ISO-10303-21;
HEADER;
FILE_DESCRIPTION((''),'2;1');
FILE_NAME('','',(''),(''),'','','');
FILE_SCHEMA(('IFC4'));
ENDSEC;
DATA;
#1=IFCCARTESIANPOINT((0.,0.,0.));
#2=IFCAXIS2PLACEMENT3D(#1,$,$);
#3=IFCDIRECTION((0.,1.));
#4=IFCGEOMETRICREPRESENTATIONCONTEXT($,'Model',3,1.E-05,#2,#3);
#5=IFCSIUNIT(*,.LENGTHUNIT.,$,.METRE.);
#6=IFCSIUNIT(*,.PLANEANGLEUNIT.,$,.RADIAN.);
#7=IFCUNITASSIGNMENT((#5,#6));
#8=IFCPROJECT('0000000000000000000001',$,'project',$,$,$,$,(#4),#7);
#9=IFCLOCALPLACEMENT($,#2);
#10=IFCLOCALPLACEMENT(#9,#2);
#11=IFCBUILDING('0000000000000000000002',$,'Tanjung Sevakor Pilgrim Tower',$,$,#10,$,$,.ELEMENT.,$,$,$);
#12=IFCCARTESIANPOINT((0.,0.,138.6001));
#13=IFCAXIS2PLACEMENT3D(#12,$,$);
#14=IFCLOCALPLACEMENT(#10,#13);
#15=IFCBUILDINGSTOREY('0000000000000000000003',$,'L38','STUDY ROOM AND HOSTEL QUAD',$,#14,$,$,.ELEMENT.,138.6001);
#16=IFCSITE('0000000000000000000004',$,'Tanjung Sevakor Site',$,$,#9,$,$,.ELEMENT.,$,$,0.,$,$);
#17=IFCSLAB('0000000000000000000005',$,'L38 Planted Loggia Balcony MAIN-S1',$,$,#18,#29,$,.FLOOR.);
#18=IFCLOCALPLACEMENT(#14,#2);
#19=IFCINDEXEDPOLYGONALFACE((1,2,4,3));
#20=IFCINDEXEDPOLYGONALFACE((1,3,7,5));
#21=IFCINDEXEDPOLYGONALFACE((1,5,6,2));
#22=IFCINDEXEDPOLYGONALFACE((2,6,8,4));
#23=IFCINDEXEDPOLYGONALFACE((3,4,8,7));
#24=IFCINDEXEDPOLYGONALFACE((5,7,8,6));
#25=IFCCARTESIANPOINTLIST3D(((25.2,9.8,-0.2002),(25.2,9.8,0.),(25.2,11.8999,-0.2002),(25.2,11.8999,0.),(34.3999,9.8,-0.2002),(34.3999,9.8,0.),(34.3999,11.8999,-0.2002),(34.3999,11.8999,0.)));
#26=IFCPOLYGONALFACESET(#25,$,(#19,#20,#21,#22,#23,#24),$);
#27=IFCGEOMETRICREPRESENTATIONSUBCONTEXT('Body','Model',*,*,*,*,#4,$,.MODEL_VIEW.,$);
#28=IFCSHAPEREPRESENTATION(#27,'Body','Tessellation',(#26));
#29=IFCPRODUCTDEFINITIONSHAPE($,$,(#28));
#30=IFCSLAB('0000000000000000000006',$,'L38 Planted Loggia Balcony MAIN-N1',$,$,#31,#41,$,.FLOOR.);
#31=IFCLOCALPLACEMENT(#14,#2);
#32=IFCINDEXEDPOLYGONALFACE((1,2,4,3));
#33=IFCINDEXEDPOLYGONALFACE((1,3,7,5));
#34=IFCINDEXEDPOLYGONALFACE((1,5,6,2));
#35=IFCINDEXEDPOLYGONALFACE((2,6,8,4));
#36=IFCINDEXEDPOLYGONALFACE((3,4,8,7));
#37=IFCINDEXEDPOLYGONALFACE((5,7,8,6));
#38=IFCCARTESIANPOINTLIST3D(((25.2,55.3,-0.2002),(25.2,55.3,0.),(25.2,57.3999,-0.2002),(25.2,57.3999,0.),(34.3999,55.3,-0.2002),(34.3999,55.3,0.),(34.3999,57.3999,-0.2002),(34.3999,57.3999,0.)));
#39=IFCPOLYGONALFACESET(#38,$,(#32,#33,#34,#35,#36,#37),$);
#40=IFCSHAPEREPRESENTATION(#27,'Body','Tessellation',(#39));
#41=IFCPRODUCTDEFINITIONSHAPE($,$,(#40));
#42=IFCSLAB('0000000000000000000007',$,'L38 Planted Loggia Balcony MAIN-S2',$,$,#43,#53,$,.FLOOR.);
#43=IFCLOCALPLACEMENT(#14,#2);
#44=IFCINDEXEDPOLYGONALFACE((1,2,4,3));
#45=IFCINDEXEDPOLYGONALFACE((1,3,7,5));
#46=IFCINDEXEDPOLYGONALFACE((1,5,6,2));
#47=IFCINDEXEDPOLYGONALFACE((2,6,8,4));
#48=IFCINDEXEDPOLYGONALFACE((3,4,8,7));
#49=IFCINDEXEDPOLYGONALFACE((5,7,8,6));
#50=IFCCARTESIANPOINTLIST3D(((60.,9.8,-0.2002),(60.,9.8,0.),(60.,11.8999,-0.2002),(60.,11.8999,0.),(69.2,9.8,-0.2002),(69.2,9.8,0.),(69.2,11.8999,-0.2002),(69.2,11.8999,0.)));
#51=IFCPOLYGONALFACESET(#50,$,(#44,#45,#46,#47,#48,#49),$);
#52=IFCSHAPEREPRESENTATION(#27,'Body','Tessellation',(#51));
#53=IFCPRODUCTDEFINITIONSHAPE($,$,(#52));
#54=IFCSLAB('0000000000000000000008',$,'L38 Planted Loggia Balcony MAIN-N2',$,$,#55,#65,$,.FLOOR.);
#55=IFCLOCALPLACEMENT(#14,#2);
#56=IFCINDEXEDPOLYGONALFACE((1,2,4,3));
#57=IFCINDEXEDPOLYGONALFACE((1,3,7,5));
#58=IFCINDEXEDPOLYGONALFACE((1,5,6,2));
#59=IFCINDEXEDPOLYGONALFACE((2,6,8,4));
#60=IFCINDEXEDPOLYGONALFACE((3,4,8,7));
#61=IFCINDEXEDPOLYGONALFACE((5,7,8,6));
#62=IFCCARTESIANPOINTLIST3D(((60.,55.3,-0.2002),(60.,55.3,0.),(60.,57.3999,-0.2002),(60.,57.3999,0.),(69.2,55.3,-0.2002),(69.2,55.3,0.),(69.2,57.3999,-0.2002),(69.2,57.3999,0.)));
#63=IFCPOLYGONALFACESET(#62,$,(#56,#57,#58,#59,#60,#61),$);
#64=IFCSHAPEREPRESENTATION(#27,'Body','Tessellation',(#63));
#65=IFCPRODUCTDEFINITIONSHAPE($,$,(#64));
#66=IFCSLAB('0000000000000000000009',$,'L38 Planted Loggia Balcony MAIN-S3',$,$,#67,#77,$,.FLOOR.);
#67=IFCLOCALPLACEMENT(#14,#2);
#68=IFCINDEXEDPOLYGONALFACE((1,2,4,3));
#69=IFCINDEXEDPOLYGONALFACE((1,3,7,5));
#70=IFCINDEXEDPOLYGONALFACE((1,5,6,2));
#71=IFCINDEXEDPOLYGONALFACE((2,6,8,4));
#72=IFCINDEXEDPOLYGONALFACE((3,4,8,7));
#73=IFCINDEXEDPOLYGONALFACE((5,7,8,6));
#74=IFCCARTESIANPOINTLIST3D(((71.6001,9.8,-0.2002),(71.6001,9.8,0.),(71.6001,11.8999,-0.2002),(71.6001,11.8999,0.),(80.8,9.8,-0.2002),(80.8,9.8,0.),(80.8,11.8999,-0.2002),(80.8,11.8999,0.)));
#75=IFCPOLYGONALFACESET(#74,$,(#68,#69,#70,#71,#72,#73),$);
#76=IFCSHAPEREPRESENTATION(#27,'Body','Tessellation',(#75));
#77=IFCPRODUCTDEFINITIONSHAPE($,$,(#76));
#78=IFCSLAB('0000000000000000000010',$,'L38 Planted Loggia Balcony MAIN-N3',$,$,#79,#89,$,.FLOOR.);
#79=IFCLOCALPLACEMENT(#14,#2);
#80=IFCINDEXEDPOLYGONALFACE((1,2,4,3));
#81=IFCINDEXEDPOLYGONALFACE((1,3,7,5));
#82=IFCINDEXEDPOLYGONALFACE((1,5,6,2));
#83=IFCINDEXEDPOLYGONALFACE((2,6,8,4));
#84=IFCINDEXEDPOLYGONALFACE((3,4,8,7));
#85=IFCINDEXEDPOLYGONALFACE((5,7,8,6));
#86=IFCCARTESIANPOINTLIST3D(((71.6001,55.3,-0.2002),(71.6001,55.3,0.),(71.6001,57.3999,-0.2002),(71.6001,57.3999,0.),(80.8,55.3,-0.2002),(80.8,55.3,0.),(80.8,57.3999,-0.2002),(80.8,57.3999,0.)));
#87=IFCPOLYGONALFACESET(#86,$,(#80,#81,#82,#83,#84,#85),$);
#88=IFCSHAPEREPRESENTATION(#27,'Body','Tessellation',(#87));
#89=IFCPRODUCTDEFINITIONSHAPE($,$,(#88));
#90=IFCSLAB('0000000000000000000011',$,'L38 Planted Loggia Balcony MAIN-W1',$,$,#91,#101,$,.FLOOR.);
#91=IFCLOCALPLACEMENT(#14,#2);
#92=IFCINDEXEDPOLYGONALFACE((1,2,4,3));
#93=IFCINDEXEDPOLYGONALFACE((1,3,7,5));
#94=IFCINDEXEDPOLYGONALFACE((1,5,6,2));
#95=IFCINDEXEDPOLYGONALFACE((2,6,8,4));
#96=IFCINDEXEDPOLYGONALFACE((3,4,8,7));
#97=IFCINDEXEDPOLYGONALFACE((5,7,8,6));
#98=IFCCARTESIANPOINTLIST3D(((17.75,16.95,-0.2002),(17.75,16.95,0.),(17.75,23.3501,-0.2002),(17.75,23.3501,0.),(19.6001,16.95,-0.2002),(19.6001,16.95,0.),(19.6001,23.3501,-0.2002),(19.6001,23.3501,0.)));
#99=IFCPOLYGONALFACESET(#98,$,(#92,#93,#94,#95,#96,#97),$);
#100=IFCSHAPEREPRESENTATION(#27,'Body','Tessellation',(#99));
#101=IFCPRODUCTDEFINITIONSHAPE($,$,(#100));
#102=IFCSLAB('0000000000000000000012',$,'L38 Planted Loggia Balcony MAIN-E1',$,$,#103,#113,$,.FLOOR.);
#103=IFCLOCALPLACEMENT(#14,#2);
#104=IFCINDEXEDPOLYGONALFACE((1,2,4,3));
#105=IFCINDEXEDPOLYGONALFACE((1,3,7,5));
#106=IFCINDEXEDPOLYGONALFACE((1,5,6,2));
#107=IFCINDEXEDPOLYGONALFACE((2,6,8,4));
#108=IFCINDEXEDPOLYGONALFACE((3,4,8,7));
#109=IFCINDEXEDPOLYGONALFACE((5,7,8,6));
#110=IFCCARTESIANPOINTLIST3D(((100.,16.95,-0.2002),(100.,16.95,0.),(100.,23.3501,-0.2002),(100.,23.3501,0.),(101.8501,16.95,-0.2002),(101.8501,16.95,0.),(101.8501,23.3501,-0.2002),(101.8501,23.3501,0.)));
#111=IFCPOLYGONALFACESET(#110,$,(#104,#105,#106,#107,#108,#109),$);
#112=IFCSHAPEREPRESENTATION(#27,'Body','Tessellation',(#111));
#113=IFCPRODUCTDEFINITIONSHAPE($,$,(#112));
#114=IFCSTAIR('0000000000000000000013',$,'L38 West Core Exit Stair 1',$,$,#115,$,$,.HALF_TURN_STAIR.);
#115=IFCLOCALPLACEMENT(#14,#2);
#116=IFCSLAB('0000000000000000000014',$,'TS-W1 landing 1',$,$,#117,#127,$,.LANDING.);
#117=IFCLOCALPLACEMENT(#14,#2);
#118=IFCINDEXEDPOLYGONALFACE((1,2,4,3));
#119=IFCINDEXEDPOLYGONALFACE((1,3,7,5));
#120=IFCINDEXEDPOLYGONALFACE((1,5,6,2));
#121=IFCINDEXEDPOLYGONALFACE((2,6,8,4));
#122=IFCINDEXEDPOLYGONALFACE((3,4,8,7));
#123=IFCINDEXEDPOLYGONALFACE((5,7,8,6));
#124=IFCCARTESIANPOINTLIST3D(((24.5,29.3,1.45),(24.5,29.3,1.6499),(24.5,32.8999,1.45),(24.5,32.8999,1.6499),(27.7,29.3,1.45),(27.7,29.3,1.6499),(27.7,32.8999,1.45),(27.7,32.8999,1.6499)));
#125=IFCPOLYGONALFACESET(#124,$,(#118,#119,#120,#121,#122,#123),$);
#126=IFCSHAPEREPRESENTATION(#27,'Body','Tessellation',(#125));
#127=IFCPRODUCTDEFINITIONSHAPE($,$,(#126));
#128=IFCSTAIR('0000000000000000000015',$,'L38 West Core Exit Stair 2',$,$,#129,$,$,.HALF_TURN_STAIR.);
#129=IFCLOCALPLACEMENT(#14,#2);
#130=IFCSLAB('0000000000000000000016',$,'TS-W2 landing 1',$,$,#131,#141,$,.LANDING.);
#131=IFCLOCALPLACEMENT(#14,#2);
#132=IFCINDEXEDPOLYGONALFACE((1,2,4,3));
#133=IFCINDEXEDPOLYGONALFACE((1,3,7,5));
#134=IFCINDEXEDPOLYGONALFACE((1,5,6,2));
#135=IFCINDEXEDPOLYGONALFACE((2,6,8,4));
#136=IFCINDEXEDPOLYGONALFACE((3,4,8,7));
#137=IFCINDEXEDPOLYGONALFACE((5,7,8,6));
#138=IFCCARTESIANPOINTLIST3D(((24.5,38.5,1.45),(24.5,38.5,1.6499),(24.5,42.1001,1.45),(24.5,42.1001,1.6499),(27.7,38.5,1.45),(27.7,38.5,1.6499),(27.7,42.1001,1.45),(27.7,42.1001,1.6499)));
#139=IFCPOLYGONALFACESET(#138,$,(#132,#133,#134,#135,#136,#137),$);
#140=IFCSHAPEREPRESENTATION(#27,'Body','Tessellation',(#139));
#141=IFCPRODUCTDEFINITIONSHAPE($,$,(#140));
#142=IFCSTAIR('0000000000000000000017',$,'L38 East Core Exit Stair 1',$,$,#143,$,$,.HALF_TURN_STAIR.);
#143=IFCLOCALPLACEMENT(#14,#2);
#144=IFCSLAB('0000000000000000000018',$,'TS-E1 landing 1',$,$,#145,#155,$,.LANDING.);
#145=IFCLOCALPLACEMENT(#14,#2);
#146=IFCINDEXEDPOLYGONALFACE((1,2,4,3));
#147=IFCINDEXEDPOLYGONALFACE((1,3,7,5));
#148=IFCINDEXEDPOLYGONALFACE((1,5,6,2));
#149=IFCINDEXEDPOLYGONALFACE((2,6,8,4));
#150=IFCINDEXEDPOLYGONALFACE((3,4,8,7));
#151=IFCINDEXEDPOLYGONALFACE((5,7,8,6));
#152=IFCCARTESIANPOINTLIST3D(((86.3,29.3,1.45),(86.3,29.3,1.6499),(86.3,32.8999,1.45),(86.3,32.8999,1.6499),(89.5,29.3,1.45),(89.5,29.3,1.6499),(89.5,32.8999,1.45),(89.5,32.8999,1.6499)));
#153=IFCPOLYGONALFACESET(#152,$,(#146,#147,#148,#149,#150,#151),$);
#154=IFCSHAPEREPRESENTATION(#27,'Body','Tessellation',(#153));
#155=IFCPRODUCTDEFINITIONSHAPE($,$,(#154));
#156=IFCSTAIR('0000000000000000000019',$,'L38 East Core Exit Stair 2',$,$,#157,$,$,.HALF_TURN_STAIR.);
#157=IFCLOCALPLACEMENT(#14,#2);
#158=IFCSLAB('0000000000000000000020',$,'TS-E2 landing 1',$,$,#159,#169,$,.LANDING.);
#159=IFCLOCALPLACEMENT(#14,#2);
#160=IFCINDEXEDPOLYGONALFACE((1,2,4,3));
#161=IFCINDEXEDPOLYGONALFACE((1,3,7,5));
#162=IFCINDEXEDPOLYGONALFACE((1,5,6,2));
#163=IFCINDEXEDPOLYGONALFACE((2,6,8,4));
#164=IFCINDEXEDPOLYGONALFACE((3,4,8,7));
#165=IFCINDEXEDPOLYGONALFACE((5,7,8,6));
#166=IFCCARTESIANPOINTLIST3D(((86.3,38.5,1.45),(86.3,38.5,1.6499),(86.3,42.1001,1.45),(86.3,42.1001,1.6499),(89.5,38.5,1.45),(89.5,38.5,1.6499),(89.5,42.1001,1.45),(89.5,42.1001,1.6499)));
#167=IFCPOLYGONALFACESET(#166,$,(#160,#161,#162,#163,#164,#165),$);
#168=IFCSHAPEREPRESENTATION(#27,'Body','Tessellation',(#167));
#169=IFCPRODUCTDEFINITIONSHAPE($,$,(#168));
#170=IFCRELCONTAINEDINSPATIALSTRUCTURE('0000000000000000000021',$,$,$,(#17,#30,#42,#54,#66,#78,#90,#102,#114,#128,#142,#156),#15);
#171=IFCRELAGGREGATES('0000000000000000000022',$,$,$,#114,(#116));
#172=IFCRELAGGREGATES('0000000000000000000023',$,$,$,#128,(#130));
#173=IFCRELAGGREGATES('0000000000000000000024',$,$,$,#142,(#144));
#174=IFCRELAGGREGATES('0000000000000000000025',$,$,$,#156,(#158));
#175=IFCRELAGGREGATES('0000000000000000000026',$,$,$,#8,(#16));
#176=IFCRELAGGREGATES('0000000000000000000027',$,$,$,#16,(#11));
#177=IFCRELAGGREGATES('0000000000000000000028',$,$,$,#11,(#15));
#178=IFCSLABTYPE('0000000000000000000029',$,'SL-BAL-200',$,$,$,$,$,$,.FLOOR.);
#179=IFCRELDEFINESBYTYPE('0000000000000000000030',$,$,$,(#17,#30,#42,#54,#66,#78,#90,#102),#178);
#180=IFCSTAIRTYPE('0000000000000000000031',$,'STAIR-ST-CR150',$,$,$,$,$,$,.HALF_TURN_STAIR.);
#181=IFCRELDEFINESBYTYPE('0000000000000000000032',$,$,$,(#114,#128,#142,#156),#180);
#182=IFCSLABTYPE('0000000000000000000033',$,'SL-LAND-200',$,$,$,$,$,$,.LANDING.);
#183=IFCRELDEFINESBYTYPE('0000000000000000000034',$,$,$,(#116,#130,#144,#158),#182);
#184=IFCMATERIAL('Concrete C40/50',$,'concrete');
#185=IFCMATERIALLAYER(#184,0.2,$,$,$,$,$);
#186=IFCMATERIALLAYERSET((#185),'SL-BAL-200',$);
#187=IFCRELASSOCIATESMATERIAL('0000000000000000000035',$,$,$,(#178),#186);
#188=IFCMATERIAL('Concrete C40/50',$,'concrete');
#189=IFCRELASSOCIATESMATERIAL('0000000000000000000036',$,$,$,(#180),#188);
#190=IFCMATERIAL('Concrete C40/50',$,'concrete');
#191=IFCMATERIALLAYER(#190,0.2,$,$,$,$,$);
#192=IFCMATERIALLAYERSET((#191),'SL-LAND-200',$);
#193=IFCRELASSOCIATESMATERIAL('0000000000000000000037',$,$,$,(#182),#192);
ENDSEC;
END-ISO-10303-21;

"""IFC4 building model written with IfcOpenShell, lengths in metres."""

from ifc_helpers import new_model, si_unit, direction, frame, origin, place, context, subcontext, project, spatial, polyline, outline, extrude, material, layer, layer_set, type_object, element, aggregate, save


model = new_model("IFC4")

# Units and contexts
model_context = context("Model", 3, precision=1e-05, world=origin(), true_north=direction((0.0, 1.0)))
body_context = subcontext(model_context, "Body", "Model", "MODEL_VIEW")
ifc_project = project(units=[si_unit("LENGTHUNIT", "METRE"), si_unit("PLANEANGLEUNIT", "RADIAN")], contexts=[model_context])

# Site, building, storey
site_placement = place(None, origin())
site = spatial("IfcSite", under=ifc_project, at=site_placement, Name="Tanjung Sevakor Site", CompositionType="ELEMENT", RefElevation=0.0)
building_placement = place(site_placement, origin())
building = spatial("IfcBuilding", under=site, at=building_placement, Name="Tanjung Sevakor Pilgrim Tower", CompositionType="ELEMENT")
storey_placement = place(building_placement, frame((0.0, 0.0, 138.6001)))
storey = spatial("IfcBuildingStorey", under=building, at=storey_placement, Name="L38", Description="STUDY ROOM AND HOSTEL QUAD", CompositionType="ELEMENT", Elevation=138.6001)

# Slabs
ifc_material_1 = material(Name="Concrete C40/50", Category="concrete")
ifc_layer_1 = layer(ifc_material_1, 0.2)
ifc_layer_set_1 = layer_set([ifc_layer_1], Name="SL-BAL-200")
slab_type_1 = type_object("IfcSlabType", Name="SL-BAL-200", PredefinedType="FLOOR", material=ifc_layer_set_1)
slab_1_placement = place(storey_placement, frame((0.0, 0.0, -0.2002)))
element("IfcSlab", 1, at=slab_1_placement, inside=storey, type_object=slab_type_1, Name="L38 Planted Loggia Balcony MAIN-S1", PredefinedType="FLOOR", context=body_context, shape_type="SweptSolid", body=[
    extrude(outline(polyline([(25.2, 9.8), (34.3999, 9.8), (34.3999, 11.8999), (25.2, 11.8999), (25.2, 9.8)])), origin(), (0.0, 0.0, 1.0), 0.2002),
])
slab_2_placement = place(storey_placement, frame((0.0, 0.0, -0.2002)))
element("IfcSlab", 2, at=slab_2_placement, inside=storey, type_object=slab_type_1, Name="L38 Planted Loggia Balcony MAIN-N1", PredefinedType="FLOOR", context=body_context, shape_type="SweptSolid", body=[
    extrude(outline(polyline([(25.2, 55.3), (34.3999, 55.3), (34.3999, 57.3999), (25.2, 57.3999), (25.2, 55.3)])), origin(), (0.0, 0.0, 1.0), 0.2002),
])
slab_3_placement = place(storey_placement, frame((0.0, 0.0, -0.2002)))
element("IfcSlab", 3, at=slab_3_placement, inside=storey, type_object=slab_type_1, Name="L38 Planted Loggia Balcony MAIN-S2", PredefinedType="FLOOR", context=body_context, shape_type="SweptSolid", body=[
    extrude(outline(polyline([(60.0, 9.8), (69.2, 9.8), (69.2, 11.8999), (60.0, 11.8999), (60.0, 9.8)])), origin(), (0.0, 0.0, 1.0), 0.2002),
])
slab_4_placement = place(storey_placement, frame((0.0, 0.0, -0.2002)))
element("IfcSlab", 4, at=slab_4_placement, inside=storey, type_object=slab_type_1, Name="L38 Planted Loggia Balcony MAIN-N2", PredefinedType="FLOOR", context=body_context, shape_type="SweptSolid", body=[
    extrude(outline(polyline([(60.0, 55.3), (69.2, 55.3), (69.2, 57.3999), (60.0, 57.3999), (60.0, 55.3)])), origin(), (0.0, 0.0, 1.0), 0.2002),
])
slab_5_placement = place(storey_placement, frame((0.0, 0.0, -0.2002)))
element("IfcSlab", 5, at=slab_5_placement, inside=storey, type_object=slab_type_1, Name="L38 Planted Loggia Balcony MAIN-S3", PredefinedType="FLOOR", context=body_context, shape_type="SweptSolid", body=[
    extrude(outline(polyline([(71.6001, 9.8), (80.8, 9.8), (80.8, 11.8999), (71.6001, 11.8999), (71.6001, 9.8)])), origin(), (0.0, 0.0, 1.0), 0.2002),
])
slab_6_placement = place(storey_placement, frame((0.0, 0.0, -0.2002)))
element("IfcSlab", 6, at=slab_6_placement, inside=storey, type_object=slab_type_1, Name="L38 Planted Loggia Balcony MAIN-N3", PredefinedType="FLOOR", context=body_context, shape_type="SweptSolid", body=[
    extrude(outline(polyline([(71.6001, 55.3), (80.8, 55.3), (80.8, 57.3999), (71.6001, 57.3999), (71.6001, 55.3)])), origin(), (0.0, 0.0, 1.0), 0.2002),
])
slab_7_placement = place(storey_placement, frame((0.0, 0.0, -0.2002)))
element("IfcSlab", 7, at=slab_7_placement, inside=storey, type_object=slab_type_1, Name="L38 Planted Loggia Balcony MAIN-W1", PredefinedType="FLOOR", context=body_context, shape_type="SweptSolid", body=[
    extrude(outline(polyline([(17.75, 16.95), (19.6001, 16.95), (19.6001, 23.3501), (17.75, 23.3501), (17.75, 16.95)])), origin(), (0.0, 0.0, 1.0), 0.2002),
])
slab_8_placement = place(storey_placement, frame((0.0, 0.0, -0.2002)))
element("IfcSlab", 8, at=slab_8_placement, inside=storey, type_object=slab_type_1, Name="L38 Planted Loggia Balcony MAIN-E1", PredefinedType="FLOOR", context=body_context, shape_type="SweptSolid", body=[
    extrude(outline(polyline([(100.0, 16.95), (101.8501, 16.95), (101.8501, 23.3501), (100.0, 23.3501), (100.0, 16.95)])), origin(), (0.0, 0.0, 1.0), 0.2002),
])

# Stairs, slabs
ifc_material_2 = material(Name="Concrete C40/50", Category="concrete")
stair_type = type_object("IfcStairType", Name="STAIR-ST-CR150", PredefinedType="HALF_TURN_STAIR", material=ifc_material_2)
stair_1_placement = place(storey_placement, origin())
stair_1 = element("IfcStair", 9, at=stair_1_placement, inside=storey, type_object=stair_type, Name="L38 West Core Exit Stair 1", PredefinedType="HALF_TURN_STAIR")
ifc_material_3 = material(Name="Concrete C40/50", Category="concrete")
ifc_layer_2 = layer(ifc_material_3, 0.2)
ifc_layer_set_2 = layer_set([ifc_layer_2], Name="SL-LAND-200")
slab_type_2 = type_object("IfcSlabType", Name="SL-LAND-200", PredefinedType="LANDING", material=ifc_layer_set_2)
slab_9_placement = place(storey_placement, frame((0.0, 0.0, 1.45)))
slab_9 = element("IfcSlab", 10, at=slab_9_placement, type_object=slab_type_2, Name="TS-W1 landing 1", PredefinedType="LANDING", context=body_context, shape_type="SweptSolid", body=[
    extrude(outline(polyline([(27.7, 29.3), (27.7, 32.8999), (24.5, 32.8999), (24.5, 29.3), (27.7, 29.3)])), origin(), (0.0, 0.0, 1.0), 0.2),
])
aggregate(stair_1, [slab_9])
stair_2_placement = place(storey_placement, origin())
stair_2 = element("IfcStair", 11, at=stair_2_placement, inside=storey, type_object=stair_type, Name="L38 West Core Exit Stair 2", PredefinedType="HALF_TURN_STAIR")
slab_10_placement = place(storey_placement, frame((0.0, 0.0, 1.45)))
slab_10 = element("IfcSlab", 12, at=slab_10_placement, type_object=slab_type_2, Name="TS-W2 landing 1", PredefinedType="LANDING", context=body_context, shape_type="SweptSolid", body=[
    extrude(outline(polyline([(27.7, 38.5), (27.7, 42.1001), (24.5, 42.1001), (24.5, 38.5), (27.7, 38.5)])), origin(), (0.0, 0.0, 1.0), 0.2),
])
aggregate(stair_2, [slab_10])
stair_3_placement = place(storey_placement, origin())
stair_3 = element("IfcStair", 13, at=stair_3_placement, inside=storey, type_object=stair_type, Name="L38 East Core Exit Stair 1", PredefinedType="HALF_TURN_STAIR")
slab_11_placement = place(storey_placement, frame((0.0, 0.0, 1.45)))
slab_11 = element("IfcSlab", 14, at=slab_11_placement, type_object=slab_type_2, Name="TS-E1 landing 1", PredefinedType="LANDING", context=body_context, shape_type="SweptSolid", body=[
    extrude(outline(polyline([(89.5, 29.3), (89.5, 32.8999), (86.3, 32.8999), (86.3, 29.3), (89.5, 29.3)])), origin(), (0.0, 0.0, 1.0), 0.2),
])
aggregate(stair_3, [slab_11])
stair_4_placement = place(storey_placement, origin())
stair_4 = element("IfcStair", 15, at=stair_4_placement, inside=storey, type_object=stair_type, Name="L38 East Core Exit Stair 2", PredefinedType="HALF_TURN_STAIR")
slab_12_placement = place(storey_placement, frame((0.0, 0.0, 1.45)))
slab_12 = element("IfcSlab", 16, at=slab_12_placement, type_object=slab_type_2, Name="TS-E2 landing 1", PredefinedType="LANDING", context=body_context, shape_type="SweptSolid", body=[
    extrude(outline(polyline([(89.5, 38.5), (89.5, 42.1001), (86.3, 42.1001), (86.3, 38.5), (89.5, 38.5)])), origin(), (0.0, 0.0, 1.0), 0.2),
])
aggregate(stair_4, [slab_12])

save(model, "model.ifc")
